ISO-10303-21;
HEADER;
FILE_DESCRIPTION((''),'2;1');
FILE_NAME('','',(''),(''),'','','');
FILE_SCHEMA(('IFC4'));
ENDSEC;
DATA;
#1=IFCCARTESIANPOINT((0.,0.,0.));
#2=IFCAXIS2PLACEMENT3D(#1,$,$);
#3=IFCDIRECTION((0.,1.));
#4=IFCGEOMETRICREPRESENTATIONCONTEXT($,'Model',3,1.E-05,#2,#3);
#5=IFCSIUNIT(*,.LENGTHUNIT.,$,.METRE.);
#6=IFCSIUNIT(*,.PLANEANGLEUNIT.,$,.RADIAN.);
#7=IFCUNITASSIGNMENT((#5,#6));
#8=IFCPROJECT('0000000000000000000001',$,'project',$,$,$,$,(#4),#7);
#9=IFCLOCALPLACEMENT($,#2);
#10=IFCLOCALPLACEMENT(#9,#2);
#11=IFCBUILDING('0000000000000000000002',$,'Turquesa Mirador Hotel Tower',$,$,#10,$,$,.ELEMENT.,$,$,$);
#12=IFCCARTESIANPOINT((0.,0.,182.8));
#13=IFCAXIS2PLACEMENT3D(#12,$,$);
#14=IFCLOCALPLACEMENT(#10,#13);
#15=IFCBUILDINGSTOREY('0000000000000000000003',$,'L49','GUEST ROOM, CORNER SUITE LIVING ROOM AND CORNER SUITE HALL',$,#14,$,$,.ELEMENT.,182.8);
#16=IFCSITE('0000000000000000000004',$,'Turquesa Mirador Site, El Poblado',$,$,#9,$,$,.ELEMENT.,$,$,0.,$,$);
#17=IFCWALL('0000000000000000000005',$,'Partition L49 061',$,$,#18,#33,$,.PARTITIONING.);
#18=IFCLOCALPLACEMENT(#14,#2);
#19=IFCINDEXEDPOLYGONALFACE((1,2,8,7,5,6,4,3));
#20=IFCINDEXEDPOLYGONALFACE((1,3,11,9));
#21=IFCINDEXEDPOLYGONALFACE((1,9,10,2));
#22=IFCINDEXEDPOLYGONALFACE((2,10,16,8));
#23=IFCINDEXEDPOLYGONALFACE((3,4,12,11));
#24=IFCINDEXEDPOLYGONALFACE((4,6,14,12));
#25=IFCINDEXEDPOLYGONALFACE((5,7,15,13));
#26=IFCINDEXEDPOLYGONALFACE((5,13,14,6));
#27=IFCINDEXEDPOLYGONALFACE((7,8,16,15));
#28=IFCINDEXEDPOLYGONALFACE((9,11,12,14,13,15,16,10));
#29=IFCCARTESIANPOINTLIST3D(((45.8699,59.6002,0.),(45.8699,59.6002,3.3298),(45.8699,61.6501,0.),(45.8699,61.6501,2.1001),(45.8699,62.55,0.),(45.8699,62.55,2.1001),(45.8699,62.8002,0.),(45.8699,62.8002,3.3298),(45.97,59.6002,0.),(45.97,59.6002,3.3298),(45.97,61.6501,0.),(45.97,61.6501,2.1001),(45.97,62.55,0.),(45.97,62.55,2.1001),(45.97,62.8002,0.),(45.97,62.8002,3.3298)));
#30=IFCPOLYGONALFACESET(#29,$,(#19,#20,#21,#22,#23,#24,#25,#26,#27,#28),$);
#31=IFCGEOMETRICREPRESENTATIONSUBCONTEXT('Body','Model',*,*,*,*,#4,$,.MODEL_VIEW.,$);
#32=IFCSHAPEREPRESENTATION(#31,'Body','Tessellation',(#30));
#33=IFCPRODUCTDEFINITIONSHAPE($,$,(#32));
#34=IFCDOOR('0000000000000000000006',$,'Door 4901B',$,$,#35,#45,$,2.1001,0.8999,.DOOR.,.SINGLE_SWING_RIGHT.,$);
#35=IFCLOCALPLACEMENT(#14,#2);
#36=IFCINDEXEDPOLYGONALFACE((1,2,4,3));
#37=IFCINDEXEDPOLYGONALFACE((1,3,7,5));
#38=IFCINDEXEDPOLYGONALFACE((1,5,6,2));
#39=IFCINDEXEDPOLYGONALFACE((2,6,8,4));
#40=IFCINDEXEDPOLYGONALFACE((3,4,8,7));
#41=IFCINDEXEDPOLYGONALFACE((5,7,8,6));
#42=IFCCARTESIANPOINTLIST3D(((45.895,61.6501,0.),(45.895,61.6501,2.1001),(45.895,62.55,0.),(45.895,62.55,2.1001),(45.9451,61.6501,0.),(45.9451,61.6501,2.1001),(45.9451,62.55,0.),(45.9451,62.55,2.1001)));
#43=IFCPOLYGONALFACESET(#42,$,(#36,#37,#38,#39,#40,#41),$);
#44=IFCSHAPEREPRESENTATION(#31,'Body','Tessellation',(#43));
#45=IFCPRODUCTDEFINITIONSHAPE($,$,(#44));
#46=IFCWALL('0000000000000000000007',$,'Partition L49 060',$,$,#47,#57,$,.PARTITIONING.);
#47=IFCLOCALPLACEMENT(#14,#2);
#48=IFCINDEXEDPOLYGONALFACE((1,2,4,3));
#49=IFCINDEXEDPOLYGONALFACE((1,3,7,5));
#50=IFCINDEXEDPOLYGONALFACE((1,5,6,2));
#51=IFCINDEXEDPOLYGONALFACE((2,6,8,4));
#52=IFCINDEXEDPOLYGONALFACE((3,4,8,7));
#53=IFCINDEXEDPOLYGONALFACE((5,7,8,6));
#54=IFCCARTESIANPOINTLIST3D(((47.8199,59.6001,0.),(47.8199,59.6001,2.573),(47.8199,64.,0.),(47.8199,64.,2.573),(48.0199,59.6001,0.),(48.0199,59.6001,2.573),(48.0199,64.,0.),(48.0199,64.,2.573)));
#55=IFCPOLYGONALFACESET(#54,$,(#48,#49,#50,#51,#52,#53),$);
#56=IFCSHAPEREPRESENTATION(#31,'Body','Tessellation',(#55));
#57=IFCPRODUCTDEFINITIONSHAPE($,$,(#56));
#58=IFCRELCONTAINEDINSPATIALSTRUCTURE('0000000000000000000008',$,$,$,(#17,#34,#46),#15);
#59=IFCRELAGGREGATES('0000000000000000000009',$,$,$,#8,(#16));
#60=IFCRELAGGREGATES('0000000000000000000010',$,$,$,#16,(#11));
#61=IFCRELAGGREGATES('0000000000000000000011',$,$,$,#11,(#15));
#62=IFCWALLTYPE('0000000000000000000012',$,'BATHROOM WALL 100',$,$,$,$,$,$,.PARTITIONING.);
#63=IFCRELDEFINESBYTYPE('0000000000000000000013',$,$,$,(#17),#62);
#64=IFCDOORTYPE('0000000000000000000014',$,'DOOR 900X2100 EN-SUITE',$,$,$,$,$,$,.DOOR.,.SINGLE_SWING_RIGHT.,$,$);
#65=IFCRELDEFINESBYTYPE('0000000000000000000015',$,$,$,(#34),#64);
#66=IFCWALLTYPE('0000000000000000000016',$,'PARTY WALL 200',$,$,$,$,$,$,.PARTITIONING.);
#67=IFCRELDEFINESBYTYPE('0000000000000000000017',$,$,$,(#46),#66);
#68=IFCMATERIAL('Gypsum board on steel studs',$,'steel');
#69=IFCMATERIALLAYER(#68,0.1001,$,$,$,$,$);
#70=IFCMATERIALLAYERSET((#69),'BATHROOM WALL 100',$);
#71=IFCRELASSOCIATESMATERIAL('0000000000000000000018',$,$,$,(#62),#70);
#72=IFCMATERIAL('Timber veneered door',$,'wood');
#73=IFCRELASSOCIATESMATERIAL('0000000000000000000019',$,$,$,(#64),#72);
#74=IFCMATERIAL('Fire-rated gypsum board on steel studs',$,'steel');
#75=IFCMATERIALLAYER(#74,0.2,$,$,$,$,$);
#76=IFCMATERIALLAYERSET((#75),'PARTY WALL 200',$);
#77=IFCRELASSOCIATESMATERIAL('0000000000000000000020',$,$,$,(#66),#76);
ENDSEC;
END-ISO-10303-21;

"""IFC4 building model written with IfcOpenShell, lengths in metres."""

from ifc_helpers import new_model, si_unit, direction, frame, frame_2d, origin, place, context, subcontext, project, spatial, rectangle, extrude, material, layer, layer_set, type_object, element, fill, save


model = new_model("IFC4")

# Units and contexts
model_context = context("Model", 3, precision=1e-05, world=origin(), true_north=direction((0.0, 1.0)))
body_context = subcontext(model_context, "Body", "Model", "MODEL_VIEW")
ifc_project = project(units=[si_unit("LENGTHUNIT", "METRE"), si_unit("PLANEANGLEUNIT", "RADIAN")], contexts=[model_context])

# Site, building, storey
site_placement = place(None, origin())
site = spatial("IfcSite", under=ifc_project, at=site_placement, Name="Turquesa Mirador Site, El Poblado", CompositionType="ELEMENT", RefElevation=0.0)
building_placement = place(site_placement, origin())
building = spatial("IfcBuilding", under=site, at=building_placement, Name="Turquesa Mirador Hotel Tower", CompositionType="ELEMENT")
storey_placement = place(building_placement, frame((0.0, 0.0, 182.8)))
storey = spatial("IfcBuildingStorey", under=building, at=storey_placement, Name="L49", Description="GUEST ROOM, CORNER SUITE LIVING ROOM AND CORNER SUITE HALL", CompositionType="ELEMENT", Elevation=182.8)

# Shared definitions
ifc_material_1 = material(Name="Gypsum board on steel studs", Category="steel")
ifc_layer_1 = layer(ifc_material_1, 0.1001)
ifc_layer_set_1 = layer_set([ifc_layer_1], Name="BATHROOM WALL 100")
wall_type_1 = type_object("IfcWallType", Name="BATHROOM WALL 100", PredefinedType="PARTITIONING", material=ifc_layer_set_1)

# Wall, opening, door
ifc_material_2 = material(Name="Timber veneered door", Category="wood")
door_type_1 = type_object("IfcDoorType", Name="DOOR 900X2100 EN-SUITE", OperationType="SINGLE_SWING_RIGHT", PredefinedType="DOOR", material=ifc_material_2)
wall_1_placement = place(storey_placement, frame((45.9199, 59.6001, 0.0), z_axis=(0.0, 0.0, 1.0), x_axis=(0.0, 1.0, 0.0)))
wall_1 = element("IfcWall", 1, at=wall_1_placement, inside=storey, type_object=wall_type_1, Name="Partition L49 061", PredefinedType="PARTITIONING", context=body_context, shape_type="SweptSolid", body=[
    extrude(rectangle(XDim=3.2, YDim=0.1001, at=frame_2d((1.6001, 0.0))), origin(), (0.0, 0.0, 1.0), 3.3298),
])
opening_1_placement = place(wall_1_placement, frame((2.05, 0.0, 0.0)))
opening_1 = element("IfcOpeningElement", 2, at=opening_1_placement, cuts=wall_1, PredefinedType="OPENING", context=body_context, shape_type="SweptSolid", body=[
    extrude(rectangle(XDim=0.8999, YDim=2.1001, at=frame_2d((0.45, 1.05))), frame((0.0, 0.0601, 0.0), z_axis=(0.0, -1.0, 0.0), x_axis=(1.0, 0.0, 0.0)), (0.0, 0.0, 1.0), 0.1201),
])
door_1_placement = place(opening_1_placement, origin())
door_1 = element("IfcDoor", 3, at=door_1_placement, inside=storey, type_object=door_type_1, Name="Door 4901B", OperationType="SINGLE_SWING_RIGHT", OverallHeight=2.1001, OverallWidth=0.8999, PredefinedType="DOOR", context=body_context, shape_type="SweptSolid", body=[
    extrude(rectangle(XDim=0.8999, YDim=2.1001, at=frame_2d((0.45, 1.05))), frame((0.0, 0.0249, 0.0), z_axis=(0.0, -1.0, 0.0), x_axis=(1.0, 0.0, 0.0)), (0.0, 0.0, 1.0), 0.05),
])
fill(opening_1, door_1)

# Wall
ifc_material_3 = material(Name="Fire-rated gypsum board on steel studs", Category="steel")
ifc_layer_2 = layer(ifc_material_3, 0.2)
ifc_layer_set_2 = layer_set([ifc_layer_2], Name="PARTY WALL 200")
wall_type_2 = type_object("IfcWallType", Name="PARTY WALL 200", PredefinedType="PARTITIONING", material=ifc_layer_set_2)
wall_2_placement = place(storey_placement, frame((47.9199, 59.6001, 0.0), z_axis=(0.0, 0.0, 1.0), x_axis=(0.0, 1.0, 0.0)))
element("IfcWall", 4, at=wall_2_placement, inside=storey, type_object=wall_type_2, Name="Partition L49 060", PredefinedType="PARTITIONING", context=body_context, shape_type="SweptSolid", body=[
    extrude(rectangle(XDim=4.3999, YDim=0.2, at=frame_2d((2.2, 0.0))), origin(), (0.0, 0.0, 1.0), 2.573),
])

save(model, "model.ifc")
